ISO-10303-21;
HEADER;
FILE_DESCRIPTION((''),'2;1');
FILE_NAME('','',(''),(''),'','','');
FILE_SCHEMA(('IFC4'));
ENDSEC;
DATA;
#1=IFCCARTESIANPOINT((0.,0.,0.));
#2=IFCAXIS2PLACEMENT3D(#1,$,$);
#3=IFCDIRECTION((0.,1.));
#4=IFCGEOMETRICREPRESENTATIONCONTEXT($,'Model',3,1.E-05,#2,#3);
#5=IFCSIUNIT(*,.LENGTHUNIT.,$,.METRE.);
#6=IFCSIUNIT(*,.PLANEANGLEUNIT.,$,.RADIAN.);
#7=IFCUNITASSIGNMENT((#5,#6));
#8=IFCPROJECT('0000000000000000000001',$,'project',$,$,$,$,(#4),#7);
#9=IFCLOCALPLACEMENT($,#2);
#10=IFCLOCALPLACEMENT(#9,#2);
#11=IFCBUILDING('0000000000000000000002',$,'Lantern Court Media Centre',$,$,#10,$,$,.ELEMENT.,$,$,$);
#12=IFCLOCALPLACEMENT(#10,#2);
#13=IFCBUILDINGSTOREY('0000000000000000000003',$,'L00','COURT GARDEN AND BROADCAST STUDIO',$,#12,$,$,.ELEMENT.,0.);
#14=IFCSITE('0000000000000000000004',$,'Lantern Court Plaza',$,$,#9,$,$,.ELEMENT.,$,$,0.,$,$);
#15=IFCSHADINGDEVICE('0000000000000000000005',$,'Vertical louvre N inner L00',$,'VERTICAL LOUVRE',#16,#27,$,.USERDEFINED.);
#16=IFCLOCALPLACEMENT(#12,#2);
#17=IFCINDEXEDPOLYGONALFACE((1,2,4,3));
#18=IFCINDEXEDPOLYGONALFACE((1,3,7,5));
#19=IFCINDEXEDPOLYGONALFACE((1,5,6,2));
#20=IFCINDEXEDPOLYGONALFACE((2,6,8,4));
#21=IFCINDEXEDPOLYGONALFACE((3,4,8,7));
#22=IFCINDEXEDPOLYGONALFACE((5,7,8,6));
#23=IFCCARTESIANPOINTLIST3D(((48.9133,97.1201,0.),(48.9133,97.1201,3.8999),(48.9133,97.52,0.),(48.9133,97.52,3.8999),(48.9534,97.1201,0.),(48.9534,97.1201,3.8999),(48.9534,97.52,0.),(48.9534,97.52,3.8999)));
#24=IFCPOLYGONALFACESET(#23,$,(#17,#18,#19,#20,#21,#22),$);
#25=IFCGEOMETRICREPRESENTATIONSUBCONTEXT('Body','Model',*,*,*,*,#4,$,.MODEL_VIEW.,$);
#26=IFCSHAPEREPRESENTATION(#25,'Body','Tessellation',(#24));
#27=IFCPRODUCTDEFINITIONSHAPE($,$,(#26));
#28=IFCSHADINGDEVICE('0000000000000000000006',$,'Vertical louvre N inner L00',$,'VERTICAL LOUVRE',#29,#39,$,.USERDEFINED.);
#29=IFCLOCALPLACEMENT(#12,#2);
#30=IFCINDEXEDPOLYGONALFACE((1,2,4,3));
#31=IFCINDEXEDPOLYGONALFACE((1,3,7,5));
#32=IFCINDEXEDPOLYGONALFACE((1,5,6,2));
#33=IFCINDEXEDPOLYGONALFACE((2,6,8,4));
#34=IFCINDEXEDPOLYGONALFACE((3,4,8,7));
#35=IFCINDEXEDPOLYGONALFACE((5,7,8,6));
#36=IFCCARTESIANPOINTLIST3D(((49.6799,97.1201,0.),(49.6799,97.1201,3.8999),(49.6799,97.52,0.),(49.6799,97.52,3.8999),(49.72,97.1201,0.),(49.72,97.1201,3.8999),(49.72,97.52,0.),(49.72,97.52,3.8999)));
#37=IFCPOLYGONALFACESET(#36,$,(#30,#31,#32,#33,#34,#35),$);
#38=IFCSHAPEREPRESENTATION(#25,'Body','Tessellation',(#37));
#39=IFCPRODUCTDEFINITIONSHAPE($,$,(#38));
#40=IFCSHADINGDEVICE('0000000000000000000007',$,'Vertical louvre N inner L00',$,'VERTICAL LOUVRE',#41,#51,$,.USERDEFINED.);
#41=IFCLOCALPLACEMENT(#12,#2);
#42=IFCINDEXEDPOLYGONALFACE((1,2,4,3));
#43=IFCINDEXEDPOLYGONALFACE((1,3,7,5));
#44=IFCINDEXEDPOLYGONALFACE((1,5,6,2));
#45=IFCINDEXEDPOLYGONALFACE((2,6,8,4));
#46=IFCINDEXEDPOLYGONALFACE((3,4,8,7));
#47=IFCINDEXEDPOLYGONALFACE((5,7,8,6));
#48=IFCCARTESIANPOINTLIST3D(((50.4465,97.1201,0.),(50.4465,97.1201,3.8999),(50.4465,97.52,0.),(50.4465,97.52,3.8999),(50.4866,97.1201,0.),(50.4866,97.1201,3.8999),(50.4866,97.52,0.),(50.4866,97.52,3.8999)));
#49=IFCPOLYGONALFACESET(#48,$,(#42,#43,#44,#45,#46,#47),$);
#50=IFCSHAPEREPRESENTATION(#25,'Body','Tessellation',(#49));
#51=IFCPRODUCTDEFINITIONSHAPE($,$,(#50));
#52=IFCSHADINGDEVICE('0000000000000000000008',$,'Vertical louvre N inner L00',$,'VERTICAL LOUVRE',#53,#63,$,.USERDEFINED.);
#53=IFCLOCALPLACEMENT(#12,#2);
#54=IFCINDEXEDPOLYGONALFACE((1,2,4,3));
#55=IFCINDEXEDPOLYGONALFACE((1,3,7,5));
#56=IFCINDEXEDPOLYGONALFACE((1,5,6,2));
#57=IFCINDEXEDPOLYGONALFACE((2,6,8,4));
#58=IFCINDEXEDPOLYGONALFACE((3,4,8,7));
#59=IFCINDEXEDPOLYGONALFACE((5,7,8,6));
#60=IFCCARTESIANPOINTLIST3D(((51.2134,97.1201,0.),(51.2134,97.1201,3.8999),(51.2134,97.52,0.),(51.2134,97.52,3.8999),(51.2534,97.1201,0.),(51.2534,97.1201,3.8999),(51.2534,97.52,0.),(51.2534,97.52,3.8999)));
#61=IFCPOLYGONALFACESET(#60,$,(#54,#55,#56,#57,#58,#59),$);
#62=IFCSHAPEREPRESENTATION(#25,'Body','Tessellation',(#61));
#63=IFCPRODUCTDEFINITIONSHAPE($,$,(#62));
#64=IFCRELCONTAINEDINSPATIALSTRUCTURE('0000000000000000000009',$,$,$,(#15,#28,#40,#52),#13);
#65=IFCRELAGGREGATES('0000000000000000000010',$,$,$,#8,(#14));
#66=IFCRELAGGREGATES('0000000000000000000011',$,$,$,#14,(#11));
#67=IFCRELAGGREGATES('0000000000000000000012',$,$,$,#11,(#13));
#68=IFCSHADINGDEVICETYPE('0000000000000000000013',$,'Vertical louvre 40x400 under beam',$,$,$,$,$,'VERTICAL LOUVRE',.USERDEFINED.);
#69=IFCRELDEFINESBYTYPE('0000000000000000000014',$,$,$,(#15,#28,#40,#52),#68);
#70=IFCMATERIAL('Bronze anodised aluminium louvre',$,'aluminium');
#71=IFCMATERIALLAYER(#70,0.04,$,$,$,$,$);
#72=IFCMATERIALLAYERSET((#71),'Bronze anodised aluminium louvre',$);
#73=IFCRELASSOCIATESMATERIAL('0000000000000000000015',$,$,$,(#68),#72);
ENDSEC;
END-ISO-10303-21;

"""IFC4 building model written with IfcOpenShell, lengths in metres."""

from ifc_helpers import new_model, si_unit, direction, frame, origin, origin_2d, place, context, subcontext, project, spatial, rectangle, extrude, material, layer, layer_set, type_object, element, save


model = new_model("IFC4")

# Units and contexts
model_context = context("Model", 3, precision=1e-05, world=origin(), true_north=direction((0.0, 1.0)))
body_context = subcontext(model_context, "Body", "Model", "MODEL_VIEW")
ifc_project = project(units=[si_unit("LENGTHUNIT", "METRE"), si_unit("PLANEANGLEUNIT", "RADIAN")], contexts=[model_context])

# Site, building, storey
site_placement = place(None, origin())
site = spatial("IfcSite", under=ifc_project, at=site_placement, Name="Lantern Court Plaza", CompositionType="ELEMENT", RefElevation=0.0)
building_placement = place(site_placement, origin())
building = spatial("IfcBuilding", under=site, at=building_placement, Name="Lantern Court Media Centre", CompositionType="ELEMENT")
storey_placement = place(building_placement, origin())
storey = spatial("IfcBuildingStorey", under=building, at=storey_placement, Name="L00", Description="COURT GARDEN AND BROADCAST STUDIO", CompositionType="ELEMENT", Elevation=0.0)

# Shading devices
ifc_material_1 = material(Name="Bronze anodised aluminium louvre", Category="aluminium")
ifc_layer_1 = layer(ifc_material_1, 0.04)
ifc_layer_set_1 = layer_set([ifc_layer_1], Name="Bronze anodised aluminium louvre")
shading_device_type = type_object("IfcShadingDeviceType", Name="Vertical louvre 40x400 under beam", ElementType="VERTICAL LOUVRE", PredefinedType="USERDEFINED", material=ifc_layer_set_1)
for number, where, z_axis, x_axis, name in (
    (1, (48.9333, 97.3201, 0.0), (0.0, 0.0, 1.0), (1.0, 0.0, 0.0), "Vertical louvre N inner L00"),
    (2, (49.7, 97.3201, 0.0), (0.0, 0.0, 1.0), (1.0, 0.0, 0.0), "Vertical louvre N inner L00"),
    (3, (50.4666, 97.3201, 0.0), (0.0, 0.0, 1.0), (1.0, 0.0, 0.0), "Vertical louvre N inner L00"),
    (4, (51.2334, 97.3201, 0.0), (0.0, 0.0, 1.0), (1.0, 0.0, 0.0), "Vertical louvre N inner L00"),
):
    element("IfcShadingDevice", number, at=place(storey_placement, frame(where, z_axis=z_axis, x_axis=x_axis)), inside=storey, type_object=shading_device_type, Name=name, ObjectType="VERTICAL LOUVRE", PredefinedType="USERDEFINED", context=body_context, shape_type="SweptSolid", body=[
        extrude(rectangle(XDim=0.04, YDim=0.3999, at=origin_2d()), origin(), (0.0, 0.0, 1.0), 3.8999),
    ])

save(model, "model.ifc")
